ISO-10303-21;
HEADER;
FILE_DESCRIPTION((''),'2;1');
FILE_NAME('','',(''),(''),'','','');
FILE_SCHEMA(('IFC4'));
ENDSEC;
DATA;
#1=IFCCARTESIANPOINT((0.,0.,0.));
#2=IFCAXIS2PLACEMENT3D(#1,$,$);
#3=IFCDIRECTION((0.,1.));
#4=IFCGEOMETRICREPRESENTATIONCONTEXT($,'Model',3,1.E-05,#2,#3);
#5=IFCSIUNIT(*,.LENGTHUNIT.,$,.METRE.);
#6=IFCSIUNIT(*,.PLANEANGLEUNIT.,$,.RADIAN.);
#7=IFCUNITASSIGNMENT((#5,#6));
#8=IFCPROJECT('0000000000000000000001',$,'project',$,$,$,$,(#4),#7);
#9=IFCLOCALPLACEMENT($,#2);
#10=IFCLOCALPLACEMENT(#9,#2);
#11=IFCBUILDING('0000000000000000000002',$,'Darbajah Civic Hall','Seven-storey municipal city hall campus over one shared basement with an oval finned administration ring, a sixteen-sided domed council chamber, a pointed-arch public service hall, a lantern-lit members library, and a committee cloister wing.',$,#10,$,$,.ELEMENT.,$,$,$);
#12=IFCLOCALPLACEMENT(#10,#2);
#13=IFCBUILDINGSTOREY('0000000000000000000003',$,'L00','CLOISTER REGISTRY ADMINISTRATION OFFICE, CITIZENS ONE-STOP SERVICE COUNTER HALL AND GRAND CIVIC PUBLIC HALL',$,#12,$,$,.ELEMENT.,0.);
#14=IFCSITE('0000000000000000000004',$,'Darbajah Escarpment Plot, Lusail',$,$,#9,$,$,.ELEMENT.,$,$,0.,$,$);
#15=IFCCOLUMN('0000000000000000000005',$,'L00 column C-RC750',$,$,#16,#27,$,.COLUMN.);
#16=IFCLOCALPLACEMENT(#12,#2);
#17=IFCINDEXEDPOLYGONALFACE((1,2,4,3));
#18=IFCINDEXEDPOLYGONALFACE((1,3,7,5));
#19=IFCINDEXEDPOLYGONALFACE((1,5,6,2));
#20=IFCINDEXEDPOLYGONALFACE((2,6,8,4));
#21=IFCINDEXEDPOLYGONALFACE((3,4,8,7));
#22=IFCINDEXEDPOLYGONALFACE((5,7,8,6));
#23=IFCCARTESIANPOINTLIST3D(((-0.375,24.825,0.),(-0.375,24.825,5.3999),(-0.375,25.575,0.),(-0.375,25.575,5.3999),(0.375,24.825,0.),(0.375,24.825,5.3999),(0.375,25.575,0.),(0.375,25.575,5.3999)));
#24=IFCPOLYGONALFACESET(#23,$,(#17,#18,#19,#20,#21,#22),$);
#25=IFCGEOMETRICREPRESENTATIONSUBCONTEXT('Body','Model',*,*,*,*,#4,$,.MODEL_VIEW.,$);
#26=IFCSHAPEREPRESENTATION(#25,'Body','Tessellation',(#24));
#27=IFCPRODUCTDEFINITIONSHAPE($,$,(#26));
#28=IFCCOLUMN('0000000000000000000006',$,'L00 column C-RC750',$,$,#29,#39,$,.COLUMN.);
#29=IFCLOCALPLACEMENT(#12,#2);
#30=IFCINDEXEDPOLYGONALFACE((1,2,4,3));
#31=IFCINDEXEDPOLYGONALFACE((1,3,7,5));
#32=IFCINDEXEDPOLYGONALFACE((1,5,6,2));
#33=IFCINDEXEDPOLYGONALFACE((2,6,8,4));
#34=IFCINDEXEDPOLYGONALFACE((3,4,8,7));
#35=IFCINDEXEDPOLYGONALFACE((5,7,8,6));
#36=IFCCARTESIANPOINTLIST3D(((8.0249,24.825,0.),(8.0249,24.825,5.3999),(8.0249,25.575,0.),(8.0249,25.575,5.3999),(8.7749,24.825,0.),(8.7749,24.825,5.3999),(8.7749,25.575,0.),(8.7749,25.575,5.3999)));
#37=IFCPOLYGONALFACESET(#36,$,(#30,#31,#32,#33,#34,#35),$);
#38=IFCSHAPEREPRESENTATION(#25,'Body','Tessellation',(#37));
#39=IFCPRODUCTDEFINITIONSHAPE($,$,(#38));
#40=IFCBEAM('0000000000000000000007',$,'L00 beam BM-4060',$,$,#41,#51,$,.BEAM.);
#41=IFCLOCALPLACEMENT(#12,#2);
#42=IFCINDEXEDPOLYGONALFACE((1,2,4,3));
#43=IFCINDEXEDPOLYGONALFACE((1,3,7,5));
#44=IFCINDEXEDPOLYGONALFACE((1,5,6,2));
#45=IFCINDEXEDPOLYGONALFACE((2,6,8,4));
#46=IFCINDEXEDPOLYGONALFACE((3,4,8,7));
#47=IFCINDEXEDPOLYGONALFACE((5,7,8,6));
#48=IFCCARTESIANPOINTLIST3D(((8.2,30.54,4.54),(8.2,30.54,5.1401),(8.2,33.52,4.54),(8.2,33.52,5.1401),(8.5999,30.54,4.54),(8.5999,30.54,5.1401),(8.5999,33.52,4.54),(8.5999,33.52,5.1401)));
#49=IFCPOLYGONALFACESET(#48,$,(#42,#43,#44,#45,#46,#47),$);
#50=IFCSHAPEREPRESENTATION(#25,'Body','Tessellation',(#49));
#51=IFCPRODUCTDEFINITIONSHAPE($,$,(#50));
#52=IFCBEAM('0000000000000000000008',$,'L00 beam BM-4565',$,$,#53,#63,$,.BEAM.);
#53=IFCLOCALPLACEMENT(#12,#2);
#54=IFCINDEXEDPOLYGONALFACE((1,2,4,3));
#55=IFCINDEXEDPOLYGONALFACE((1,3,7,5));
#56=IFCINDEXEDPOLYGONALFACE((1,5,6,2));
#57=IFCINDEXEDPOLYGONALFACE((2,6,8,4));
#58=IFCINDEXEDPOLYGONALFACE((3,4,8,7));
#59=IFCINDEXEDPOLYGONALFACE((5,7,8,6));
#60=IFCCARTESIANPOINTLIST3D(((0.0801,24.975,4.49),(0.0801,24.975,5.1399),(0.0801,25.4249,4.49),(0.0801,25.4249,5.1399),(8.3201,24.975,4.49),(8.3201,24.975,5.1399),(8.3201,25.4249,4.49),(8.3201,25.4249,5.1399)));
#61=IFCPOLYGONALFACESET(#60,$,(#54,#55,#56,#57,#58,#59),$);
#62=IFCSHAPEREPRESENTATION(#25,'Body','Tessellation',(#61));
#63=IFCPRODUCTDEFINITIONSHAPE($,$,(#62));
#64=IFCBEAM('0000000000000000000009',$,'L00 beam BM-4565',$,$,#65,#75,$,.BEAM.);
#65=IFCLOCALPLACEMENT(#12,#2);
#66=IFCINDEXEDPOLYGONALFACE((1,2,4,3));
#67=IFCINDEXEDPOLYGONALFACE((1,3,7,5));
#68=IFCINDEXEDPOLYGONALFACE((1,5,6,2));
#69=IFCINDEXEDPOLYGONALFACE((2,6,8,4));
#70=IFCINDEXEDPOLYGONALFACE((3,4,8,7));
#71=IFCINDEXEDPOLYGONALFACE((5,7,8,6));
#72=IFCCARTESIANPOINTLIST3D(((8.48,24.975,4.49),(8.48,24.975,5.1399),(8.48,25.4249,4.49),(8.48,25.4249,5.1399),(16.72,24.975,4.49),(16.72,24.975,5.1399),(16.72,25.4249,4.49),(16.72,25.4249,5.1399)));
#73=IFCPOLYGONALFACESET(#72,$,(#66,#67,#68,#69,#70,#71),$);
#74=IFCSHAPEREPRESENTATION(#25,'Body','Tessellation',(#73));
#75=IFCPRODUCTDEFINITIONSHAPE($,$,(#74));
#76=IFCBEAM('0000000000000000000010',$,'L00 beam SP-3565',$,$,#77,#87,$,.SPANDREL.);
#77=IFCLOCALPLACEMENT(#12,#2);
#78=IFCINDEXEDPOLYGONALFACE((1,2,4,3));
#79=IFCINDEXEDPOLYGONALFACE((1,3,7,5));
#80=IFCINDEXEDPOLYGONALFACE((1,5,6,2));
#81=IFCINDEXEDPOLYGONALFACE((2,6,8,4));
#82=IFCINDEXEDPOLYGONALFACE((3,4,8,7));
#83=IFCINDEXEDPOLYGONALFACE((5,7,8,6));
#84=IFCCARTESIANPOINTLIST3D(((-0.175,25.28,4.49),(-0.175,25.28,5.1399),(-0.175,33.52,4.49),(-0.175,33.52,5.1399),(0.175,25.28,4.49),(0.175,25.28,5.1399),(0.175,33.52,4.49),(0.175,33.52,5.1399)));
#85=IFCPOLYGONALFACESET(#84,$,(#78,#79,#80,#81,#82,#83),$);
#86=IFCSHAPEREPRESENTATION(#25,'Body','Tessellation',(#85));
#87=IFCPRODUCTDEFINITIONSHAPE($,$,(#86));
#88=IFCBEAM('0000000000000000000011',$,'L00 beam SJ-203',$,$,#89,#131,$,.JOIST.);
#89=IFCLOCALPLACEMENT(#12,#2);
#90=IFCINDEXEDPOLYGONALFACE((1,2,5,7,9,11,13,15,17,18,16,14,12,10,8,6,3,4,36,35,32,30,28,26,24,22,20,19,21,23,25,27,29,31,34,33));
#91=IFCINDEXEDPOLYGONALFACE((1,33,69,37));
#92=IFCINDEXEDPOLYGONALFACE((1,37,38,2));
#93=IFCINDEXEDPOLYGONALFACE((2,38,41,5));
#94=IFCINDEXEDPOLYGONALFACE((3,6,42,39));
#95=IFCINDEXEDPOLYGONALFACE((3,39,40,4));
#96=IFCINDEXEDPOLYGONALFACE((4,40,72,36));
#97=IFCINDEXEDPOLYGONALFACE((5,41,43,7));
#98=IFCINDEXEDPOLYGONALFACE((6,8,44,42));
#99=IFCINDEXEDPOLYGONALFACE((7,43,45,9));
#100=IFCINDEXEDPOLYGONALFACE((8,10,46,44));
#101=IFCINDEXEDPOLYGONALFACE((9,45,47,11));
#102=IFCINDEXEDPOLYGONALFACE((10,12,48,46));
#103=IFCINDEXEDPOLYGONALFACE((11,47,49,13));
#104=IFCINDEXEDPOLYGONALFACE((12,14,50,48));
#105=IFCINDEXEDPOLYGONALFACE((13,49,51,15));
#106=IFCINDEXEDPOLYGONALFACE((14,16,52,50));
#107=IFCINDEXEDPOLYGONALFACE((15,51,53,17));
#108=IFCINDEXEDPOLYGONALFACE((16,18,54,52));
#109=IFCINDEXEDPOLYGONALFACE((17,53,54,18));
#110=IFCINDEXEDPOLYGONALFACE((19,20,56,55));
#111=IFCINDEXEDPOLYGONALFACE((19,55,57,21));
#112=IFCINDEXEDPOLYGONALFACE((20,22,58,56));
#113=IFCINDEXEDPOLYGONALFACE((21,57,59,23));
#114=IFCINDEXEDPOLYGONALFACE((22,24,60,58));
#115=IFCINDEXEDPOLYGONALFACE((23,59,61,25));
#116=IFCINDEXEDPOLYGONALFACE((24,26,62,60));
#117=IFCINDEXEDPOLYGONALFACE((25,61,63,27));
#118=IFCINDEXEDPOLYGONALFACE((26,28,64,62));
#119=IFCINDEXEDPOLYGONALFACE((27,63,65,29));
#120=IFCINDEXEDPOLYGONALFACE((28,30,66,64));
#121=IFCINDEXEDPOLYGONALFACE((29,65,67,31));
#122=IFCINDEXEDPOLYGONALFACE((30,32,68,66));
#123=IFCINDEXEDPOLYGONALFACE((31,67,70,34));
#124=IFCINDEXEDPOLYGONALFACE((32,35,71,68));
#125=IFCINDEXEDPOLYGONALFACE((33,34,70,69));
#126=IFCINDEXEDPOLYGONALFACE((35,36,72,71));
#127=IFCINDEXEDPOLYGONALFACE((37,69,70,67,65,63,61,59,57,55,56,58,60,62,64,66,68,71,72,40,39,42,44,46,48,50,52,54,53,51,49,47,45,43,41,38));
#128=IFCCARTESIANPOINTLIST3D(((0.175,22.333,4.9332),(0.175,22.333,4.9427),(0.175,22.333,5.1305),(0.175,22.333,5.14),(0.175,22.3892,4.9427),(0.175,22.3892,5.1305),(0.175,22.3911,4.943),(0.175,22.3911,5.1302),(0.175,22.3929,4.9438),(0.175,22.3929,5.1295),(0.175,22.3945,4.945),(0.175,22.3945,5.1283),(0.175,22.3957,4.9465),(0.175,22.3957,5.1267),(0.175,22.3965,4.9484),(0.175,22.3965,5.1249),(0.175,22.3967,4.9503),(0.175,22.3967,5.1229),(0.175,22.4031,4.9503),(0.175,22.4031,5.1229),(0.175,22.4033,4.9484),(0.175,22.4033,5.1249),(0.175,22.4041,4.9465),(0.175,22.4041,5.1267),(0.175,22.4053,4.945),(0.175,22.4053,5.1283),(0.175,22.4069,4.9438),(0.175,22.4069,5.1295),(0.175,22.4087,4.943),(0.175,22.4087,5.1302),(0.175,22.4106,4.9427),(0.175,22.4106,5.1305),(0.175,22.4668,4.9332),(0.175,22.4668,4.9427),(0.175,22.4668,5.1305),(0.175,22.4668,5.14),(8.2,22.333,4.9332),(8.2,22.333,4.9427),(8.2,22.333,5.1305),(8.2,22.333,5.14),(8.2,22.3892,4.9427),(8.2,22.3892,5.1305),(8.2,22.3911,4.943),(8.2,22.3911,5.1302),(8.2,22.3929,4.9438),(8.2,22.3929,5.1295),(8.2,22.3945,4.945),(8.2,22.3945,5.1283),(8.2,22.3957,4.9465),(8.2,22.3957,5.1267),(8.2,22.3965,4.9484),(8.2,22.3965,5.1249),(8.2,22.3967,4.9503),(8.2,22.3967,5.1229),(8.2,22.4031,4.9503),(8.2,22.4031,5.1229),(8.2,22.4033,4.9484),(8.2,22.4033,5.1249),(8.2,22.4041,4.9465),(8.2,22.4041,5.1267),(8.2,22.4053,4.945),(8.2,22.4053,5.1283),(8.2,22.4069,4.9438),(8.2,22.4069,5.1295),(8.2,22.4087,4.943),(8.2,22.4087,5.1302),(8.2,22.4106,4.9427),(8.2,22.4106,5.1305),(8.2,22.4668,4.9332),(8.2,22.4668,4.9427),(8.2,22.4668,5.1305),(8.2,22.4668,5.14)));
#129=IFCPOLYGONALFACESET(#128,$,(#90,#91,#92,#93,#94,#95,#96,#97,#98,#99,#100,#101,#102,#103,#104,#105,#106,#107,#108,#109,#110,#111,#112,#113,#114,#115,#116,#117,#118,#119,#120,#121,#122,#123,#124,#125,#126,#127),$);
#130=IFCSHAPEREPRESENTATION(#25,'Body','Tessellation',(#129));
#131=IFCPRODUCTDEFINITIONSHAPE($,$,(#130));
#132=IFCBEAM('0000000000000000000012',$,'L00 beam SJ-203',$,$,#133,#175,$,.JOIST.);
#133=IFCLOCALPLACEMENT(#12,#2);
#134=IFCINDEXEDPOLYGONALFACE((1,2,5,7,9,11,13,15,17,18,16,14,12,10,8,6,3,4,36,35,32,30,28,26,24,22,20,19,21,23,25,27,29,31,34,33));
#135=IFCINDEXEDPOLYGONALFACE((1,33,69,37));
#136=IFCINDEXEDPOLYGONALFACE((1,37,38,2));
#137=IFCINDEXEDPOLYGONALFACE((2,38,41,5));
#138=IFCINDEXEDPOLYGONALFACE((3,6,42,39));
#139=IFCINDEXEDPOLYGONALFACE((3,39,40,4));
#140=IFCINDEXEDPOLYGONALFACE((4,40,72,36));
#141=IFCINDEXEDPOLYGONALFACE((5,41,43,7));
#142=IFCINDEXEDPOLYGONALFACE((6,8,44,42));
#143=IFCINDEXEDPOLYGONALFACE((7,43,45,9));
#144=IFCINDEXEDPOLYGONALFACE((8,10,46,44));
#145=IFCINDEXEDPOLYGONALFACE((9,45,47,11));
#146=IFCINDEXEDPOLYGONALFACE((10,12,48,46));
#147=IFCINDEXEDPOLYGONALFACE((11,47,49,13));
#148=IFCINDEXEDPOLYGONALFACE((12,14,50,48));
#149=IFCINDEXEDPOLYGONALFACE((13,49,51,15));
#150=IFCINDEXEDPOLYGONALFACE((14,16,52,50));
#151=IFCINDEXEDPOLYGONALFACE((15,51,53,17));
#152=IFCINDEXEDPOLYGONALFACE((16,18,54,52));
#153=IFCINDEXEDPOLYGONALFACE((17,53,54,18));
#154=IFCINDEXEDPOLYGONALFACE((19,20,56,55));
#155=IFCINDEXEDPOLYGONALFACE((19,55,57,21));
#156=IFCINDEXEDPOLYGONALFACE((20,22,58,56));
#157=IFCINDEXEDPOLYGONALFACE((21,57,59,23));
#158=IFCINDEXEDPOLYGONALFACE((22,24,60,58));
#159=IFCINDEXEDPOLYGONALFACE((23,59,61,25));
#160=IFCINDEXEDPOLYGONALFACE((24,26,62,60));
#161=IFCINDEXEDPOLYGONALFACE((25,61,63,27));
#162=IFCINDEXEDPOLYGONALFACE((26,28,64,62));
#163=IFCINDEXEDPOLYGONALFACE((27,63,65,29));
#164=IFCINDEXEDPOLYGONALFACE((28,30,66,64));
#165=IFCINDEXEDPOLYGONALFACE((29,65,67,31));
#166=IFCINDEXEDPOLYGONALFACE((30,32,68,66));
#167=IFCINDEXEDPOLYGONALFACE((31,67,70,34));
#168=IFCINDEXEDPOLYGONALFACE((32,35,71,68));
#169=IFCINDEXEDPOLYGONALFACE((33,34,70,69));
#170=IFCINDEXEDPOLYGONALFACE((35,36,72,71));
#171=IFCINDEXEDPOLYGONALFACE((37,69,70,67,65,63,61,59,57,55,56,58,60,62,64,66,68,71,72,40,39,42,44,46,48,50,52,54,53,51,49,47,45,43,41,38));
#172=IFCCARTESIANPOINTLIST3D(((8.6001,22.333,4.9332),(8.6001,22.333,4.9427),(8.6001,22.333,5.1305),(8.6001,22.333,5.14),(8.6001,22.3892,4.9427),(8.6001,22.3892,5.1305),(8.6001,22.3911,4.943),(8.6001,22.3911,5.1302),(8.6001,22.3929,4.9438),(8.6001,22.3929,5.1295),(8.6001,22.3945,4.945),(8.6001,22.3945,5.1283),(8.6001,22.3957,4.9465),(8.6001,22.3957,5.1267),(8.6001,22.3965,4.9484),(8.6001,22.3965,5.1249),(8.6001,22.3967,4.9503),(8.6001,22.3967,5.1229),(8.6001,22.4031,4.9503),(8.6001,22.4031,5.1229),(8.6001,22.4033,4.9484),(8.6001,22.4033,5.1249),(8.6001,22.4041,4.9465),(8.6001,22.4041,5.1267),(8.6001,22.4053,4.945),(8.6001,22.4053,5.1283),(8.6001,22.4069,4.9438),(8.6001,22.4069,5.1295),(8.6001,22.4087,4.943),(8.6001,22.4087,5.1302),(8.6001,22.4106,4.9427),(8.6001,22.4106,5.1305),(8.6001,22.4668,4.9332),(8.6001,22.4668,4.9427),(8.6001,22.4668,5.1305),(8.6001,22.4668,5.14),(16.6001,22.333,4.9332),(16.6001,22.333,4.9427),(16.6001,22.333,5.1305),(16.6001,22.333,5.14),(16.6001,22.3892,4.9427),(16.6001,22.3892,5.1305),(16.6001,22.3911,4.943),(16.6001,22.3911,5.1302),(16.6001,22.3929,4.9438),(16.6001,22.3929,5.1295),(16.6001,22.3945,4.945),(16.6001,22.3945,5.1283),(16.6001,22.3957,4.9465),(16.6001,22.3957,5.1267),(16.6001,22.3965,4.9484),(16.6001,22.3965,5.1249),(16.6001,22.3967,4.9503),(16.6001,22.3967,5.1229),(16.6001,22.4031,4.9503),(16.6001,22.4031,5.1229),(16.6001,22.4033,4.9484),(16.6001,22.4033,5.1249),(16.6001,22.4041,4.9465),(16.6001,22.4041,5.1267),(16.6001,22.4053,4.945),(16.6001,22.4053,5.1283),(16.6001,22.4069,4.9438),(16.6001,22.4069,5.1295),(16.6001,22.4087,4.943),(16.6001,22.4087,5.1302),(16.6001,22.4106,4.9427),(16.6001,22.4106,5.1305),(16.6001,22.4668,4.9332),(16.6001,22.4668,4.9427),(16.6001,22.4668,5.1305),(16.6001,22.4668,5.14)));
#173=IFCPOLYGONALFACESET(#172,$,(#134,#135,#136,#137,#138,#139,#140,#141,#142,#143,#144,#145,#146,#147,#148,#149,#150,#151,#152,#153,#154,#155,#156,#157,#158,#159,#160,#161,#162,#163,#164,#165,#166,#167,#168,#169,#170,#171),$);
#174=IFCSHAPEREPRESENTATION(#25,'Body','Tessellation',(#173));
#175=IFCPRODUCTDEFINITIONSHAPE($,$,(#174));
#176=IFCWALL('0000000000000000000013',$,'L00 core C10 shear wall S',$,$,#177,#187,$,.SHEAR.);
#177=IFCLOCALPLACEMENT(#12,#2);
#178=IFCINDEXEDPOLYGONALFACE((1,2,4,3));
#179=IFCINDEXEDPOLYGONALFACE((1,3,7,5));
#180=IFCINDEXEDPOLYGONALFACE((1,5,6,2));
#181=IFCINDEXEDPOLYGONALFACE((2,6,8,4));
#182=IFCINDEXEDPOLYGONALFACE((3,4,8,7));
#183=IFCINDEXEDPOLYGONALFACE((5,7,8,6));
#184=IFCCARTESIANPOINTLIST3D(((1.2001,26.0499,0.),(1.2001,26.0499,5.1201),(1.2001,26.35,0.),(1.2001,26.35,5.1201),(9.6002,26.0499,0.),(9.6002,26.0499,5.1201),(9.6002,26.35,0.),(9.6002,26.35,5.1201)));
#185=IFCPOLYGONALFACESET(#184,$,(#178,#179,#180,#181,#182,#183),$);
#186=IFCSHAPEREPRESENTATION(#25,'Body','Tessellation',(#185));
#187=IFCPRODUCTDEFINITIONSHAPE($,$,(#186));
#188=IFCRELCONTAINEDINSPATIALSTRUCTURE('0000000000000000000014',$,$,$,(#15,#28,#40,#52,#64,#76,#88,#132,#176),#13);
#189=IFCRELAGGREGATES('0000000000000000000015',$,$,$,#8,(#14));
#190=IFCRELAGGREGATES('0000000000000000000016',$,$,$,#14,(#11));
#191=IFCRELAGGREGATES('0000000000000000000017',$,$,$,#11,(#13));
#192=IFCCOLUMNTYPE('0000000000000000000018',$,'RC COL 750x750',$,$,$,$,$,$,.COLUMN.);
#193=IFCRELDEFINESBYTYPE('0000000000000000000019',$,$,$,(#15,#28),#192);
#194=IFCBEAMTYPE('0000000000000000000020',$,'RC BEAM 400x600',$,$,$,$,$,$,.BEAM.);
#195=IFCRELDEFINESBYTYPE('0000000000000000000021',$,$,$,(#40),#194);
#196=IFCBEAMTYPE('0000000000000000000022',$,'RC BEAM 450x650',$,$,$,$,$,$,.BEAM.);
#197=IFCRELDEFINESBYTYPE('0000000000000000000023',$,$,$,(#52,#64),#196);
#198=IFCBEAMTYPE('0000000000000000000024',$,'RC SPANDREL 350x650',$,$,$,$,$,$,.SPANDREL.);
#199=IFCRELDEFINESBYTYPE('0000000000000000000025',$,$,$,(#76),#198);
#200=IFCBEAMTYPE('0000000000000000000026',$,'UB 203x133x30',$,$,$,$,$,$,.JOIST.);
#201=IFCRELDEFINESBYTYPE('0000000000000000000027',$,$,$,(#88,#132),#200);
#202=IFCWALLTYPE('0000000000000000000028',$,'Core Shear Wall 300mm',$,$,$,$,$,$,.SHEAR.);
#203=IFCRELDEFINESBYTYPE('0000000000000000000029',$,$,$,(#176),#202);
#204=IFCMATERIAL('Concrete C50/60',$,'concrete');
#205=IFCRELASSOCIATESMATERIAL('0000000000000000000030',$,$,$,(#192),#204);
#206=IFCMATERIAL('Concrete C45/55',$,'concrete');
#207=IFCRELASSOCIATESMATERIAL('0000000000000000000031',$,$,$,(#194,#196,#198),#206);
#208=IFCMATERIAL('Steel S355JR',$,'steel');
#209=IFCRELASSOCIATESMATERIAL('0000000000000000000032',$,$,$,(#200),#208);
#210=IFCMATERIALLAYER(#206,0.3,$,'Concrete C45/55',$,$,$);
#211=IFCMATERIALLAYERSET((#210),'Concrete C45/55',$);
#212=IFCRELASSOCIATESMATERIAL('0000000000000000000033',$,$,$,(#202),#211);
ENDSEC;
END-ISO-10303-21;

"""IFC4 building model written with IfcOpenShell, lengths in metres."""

from ifc_helpers import new_model, si_unit, direction, frame, frame_2d, origin, origin_2d, place, context, subcontext, project, spatial, rectangle, i_section, extrude, material, layer, layer_set, material_profile, profile_set, type_object, element, save


model = new_model("IFC4")

# Units and contexts
model_context = context("Model", 3, precision=1e-05, world=origin(), true_north=direction((0.0, 1.0)))
body_context = subcontext(model_context, "Body", "Model", "MODEL_VIEW")
ifc_project = project(units=[si_unit("LENGTHUNIT", "METRE"), si_unit("PLANEANGLEUNIT", "RADIAN")], contexts=[model_context])

# Site, building, storey
site_placement = place(None, origin())
site = spatial("IfcSite", under=ifc_project, at=site_placement, Name="Darbajah Escarpment Plot, Lusail", CompositionType="ELEMENT", RefElevation=0.0)
building_placement = place(site_placement, origin())
building = spatial("IfcBuilding", under=site, at=building_placement, Name="Darbajah Civic Hall", Description="Seven-storey municipal city hall campus over one shared basement with an oval finned administration ring, a sixteen-sided domed council chamber, a pointed-arch public service hall, a lantern-lit members library, and a committee cloister wing.", CompositionType="ELEMENT")
storey_placement = place(building_placement, origin())
storey = spatial("IfcBuildingStorey", under=building, at=storey_placement, Name="L00", Description="CLOISTER REGISTRY ADMINISTRATION OFFICE, CITIZENS ONE-STOP SERVICE COUNTER HALL AND GRAND CIVIC PUBLIC HALL", CompositionType="ELEMENT", Elevation=0.0)

# Columns
ifc_material_1 = material(Name="Concrete C50/60", Category="concrete")
ifc_material_profile_1 = material_profile(ifc_material_1, rectangle(XDim=0.75, YDim=0.75, at=origin_2d()), Name="RC COL 750x750")
ifc_profile_set_1 = profile_set([ifc_material_profile_1], Name="Concrete C50/60")
column_type = type_object("IfcColumnType", Name="RC COL 750x750", PredefinedType="COLUMN", material=ifc_profile_set_1)
for number, where, z_axis, x_axis, name in (
    (1, (0.0, 25.2, 0.0), (0.0, 0.0, 1.0), (1.0, 0.0, 0.0), "L00 column C-RC750"),
    (2, (8.3999, 25.2, 0.0), (0.0, 0.0, 1.0), (1.0, 0.0, 0.0), "L00 column C-RC750"),
):
    element("IfcColumn", number, at=place(storey_placement, frame(where, z_axis=z_axis, x_axis=x_axis)), inside=storey, type_object=column_type, Name=name, PredefinedType="COLUMN", context=body_context, shape_type="SweptSolid", body=[
        extrude(rectangle(XDim=0.75, YDim=0.75, at=origin_2d()), origin(), (0.0, 0.0, 1.0), 5.3999),
    ])

# Beams
ifc_material_2 = material(Name="Concrete C45/55", Category="concrete")
ifc_material_profile_2 = material_profile(ifc_material_2, rectangle(XDim=0.3999, YDim=0.6001, at=origin_2d()), Name="RC BEAM 400x600")
ifc_profile_set_2 = profile_set([ifc_material_profile_2], Name="Concrete C45/55")
beam_type_1 = type_object("IfcBeamType", Name="RC BEAM 400x600", PredefinedType="BEAM", material=ifc_profile_set_2)
beam_1_placement = place(storey_placement, frame((8.3999, 30.54, 4.8401), z_axis=(0.0, 1.0, 0.0), x_axis=(-1.0, 0.0, 0.0)))
element("IfcBeam", 3, at=beam_1_placement, inside=storey, type_object=beam_type_1, Name="L00 beam BM-4060", PredefinedType="BEAM", context=body_context, shape_type="SweptSolid", body=[
    extrude(rectangle(XDim=0.3999, YDim=0.6001, at=origin_2d()), origin(), (0.0, 0.0, 1.0), 2.98),
])
ifc_material_profile_3 = material_profile(ifc_material_2, rectangle(XDim=0.45, YDim=0.6499, at=origin_2d()), Name="RC BEAM 450x650")
ifc_profile_set_3 = profile_set([ifc_material_profile_3], Name="Concrete C45/55")
beam_type_2 = type_object("IfcBeamType", Name="RC BEAM 450x650", PredefinedType="BEAM", material=ifc_profile_set_3)
for number, where, z_axis, x_axis, name in (
    (4, (0.0801, 25.2, 4.8149), (1.0, 0.0, 0.0), (0.0, 1.0, 0.0), "L00 beam BM-4565"),
    (5, (8.48, 25.2, 4.8149), (1.0, 0.0, 0.0), (0.0, 1.0, 0.0), "L00 beam BM-4565"),
):
    element("IfcBeam", number, at=place(storey_placement, frame(where, z_axis=z_axis, x_axis=x_axis)), inside=storey, type_object=beam_type_2, Name=name, PredefinedType="BEAM", context=body_context, shape_type="SweptSolid", body=[
        extrude(rectangle(XDim=0.45, YDim=0.6499, at=origin_2d()), origin(), (0.0, 0.0, 1.0), 8.24),
    ])
ifc_material_profile_4 = material_profile(ifc_material_2, rectangle(XDim=0.3501, YDim=0.6499, at=origin_2d()), Name="RC SPANDREL 350x650")
ifc_profile_set_4 = profile_set([ifc_material_profile_4], Name="Concrete C45/55")
beam_type_3 = type_object("IfcBeamType", Name="RC SPANDREL 350x650", PredefinedType="SPANDREL", material=ifc_profile_set_4)
beam_2_placement = place(storey_placement, frame((0.0, 25.28, 4.8149), z_axis=(0.0, 1.0, 0.0), x_axis=(-1.0, 0.0, 0.0)))
element("IfcBeam", 6, at=beam_2_placement, inside=storey, type_object=beam_type_3, Name="L00 beam SP-3565", PredefinedType="SPANDREL", context=body_context, shape_type="SweptSolid", body=[
    extrude(rectangle(XDim=0.3501, YDim=0.6499, at=origin_2d()), origin(), (0.0, 0.0, 1.0), 8.24),
])
ifc_material_3 = material(Name="Steel S355JR", Category="steel")
ifc_material_profile_5 = material_profile(ifc_material_3, i_section(OverallWidth=0.1338, OverallDepth=0.2068, WebThickness=0.0063, FlangeThickness=0.0095, FilletRadius=0.0076, at=origin_2d()), Name="UB 203x133x30")
ifc_profile_set_5 = profile_set([ifc_material_profile_5], Name="Steel S355JR")
beam_type_4 = type_object("IfcBeamType", Name="UB 203x133x30", PredefinedType="JOIST", material=ifc_profile_set_5)
beam_3_placement = place(storey_placement, frame((0.175, 22.3999, 5.0366), z_axis=(1.0, 0.0, 0.0), x_axis=(0.0, 1.0, 0.0)))
element("IfcBeam", 7, at=beam_3_placement, inside=storey, type_object=beam_type_4, Name="L00 beam SJ-203", PredefinedType="JOIST", context=body_context, shape_type="SweptSolid", body=[
    extrude(i_section(OverallWidth=0.1338, OverallDepth=0.2068, WebThickness=0.0063, FlangeThickness=0.0095, FilletRadius=0.0076, at=origin_2d()), origin(), (0.0, 0.0, 1.0), 8.0249),
])
beam_4_placement = place(storey_placement, frame((8.6001, 22.3999, 5.0366), z_axis=(1.0, 0.0, 0.0), x_axis=(0.0, 1.0, 0.0)))
element("IfcBeam", 8, at=beam_4_placement, inside=storey, type_object=beam_type_4, Name="L00 beam SJ-203", PredefinedType="JOIST", context=body_context, shape_type="SweptSolid", body=[
    extrude(i_section(OverallWidth=0.1338, OverallDepth=0.2068, WebThickness=0.0063, FlangeThickness=0.0095, FilletRadius=0.0076, at=origin_2d()), origin(), (0.0, 0.0, 1.0), 8.0),
])

# Wall
ifc_layer_1 = layer(ifc_material_2, 0.3, Name="Concrete C45/55")
ifc_layer_set_1 = layer_set([ifc_layer_1], Name="Concrete C45/55")
wall_type_1 = type_object("IfcWallType", Name="Core Shear Wall 300mm", PredefinedType="SHEAR", material=ifc_layer_set_1)
wall_1_placement = place(storey_placement, frame((1.2, 26.2, 0.0), z_axis=(0.0, 0.0, 1.0), x_axis=(1.0, 0.0, 0.0)))
element("IfcWall", 9, at=wall_1_placement, inside=storey, type_object=wall_type_1, Name="L00 core C10 shear wall S", PredefinedType="SHEAR", context=body_context, shape_type="SweptSolid", body=[
    extrude(rectangle(XDim=8.4001, YDim=0.3, at=frame_2d((4.2002, 0.0))), origin(), (0.0, 0.0, 1.0), 5.1201),
])

save(model, "model.ifc")
